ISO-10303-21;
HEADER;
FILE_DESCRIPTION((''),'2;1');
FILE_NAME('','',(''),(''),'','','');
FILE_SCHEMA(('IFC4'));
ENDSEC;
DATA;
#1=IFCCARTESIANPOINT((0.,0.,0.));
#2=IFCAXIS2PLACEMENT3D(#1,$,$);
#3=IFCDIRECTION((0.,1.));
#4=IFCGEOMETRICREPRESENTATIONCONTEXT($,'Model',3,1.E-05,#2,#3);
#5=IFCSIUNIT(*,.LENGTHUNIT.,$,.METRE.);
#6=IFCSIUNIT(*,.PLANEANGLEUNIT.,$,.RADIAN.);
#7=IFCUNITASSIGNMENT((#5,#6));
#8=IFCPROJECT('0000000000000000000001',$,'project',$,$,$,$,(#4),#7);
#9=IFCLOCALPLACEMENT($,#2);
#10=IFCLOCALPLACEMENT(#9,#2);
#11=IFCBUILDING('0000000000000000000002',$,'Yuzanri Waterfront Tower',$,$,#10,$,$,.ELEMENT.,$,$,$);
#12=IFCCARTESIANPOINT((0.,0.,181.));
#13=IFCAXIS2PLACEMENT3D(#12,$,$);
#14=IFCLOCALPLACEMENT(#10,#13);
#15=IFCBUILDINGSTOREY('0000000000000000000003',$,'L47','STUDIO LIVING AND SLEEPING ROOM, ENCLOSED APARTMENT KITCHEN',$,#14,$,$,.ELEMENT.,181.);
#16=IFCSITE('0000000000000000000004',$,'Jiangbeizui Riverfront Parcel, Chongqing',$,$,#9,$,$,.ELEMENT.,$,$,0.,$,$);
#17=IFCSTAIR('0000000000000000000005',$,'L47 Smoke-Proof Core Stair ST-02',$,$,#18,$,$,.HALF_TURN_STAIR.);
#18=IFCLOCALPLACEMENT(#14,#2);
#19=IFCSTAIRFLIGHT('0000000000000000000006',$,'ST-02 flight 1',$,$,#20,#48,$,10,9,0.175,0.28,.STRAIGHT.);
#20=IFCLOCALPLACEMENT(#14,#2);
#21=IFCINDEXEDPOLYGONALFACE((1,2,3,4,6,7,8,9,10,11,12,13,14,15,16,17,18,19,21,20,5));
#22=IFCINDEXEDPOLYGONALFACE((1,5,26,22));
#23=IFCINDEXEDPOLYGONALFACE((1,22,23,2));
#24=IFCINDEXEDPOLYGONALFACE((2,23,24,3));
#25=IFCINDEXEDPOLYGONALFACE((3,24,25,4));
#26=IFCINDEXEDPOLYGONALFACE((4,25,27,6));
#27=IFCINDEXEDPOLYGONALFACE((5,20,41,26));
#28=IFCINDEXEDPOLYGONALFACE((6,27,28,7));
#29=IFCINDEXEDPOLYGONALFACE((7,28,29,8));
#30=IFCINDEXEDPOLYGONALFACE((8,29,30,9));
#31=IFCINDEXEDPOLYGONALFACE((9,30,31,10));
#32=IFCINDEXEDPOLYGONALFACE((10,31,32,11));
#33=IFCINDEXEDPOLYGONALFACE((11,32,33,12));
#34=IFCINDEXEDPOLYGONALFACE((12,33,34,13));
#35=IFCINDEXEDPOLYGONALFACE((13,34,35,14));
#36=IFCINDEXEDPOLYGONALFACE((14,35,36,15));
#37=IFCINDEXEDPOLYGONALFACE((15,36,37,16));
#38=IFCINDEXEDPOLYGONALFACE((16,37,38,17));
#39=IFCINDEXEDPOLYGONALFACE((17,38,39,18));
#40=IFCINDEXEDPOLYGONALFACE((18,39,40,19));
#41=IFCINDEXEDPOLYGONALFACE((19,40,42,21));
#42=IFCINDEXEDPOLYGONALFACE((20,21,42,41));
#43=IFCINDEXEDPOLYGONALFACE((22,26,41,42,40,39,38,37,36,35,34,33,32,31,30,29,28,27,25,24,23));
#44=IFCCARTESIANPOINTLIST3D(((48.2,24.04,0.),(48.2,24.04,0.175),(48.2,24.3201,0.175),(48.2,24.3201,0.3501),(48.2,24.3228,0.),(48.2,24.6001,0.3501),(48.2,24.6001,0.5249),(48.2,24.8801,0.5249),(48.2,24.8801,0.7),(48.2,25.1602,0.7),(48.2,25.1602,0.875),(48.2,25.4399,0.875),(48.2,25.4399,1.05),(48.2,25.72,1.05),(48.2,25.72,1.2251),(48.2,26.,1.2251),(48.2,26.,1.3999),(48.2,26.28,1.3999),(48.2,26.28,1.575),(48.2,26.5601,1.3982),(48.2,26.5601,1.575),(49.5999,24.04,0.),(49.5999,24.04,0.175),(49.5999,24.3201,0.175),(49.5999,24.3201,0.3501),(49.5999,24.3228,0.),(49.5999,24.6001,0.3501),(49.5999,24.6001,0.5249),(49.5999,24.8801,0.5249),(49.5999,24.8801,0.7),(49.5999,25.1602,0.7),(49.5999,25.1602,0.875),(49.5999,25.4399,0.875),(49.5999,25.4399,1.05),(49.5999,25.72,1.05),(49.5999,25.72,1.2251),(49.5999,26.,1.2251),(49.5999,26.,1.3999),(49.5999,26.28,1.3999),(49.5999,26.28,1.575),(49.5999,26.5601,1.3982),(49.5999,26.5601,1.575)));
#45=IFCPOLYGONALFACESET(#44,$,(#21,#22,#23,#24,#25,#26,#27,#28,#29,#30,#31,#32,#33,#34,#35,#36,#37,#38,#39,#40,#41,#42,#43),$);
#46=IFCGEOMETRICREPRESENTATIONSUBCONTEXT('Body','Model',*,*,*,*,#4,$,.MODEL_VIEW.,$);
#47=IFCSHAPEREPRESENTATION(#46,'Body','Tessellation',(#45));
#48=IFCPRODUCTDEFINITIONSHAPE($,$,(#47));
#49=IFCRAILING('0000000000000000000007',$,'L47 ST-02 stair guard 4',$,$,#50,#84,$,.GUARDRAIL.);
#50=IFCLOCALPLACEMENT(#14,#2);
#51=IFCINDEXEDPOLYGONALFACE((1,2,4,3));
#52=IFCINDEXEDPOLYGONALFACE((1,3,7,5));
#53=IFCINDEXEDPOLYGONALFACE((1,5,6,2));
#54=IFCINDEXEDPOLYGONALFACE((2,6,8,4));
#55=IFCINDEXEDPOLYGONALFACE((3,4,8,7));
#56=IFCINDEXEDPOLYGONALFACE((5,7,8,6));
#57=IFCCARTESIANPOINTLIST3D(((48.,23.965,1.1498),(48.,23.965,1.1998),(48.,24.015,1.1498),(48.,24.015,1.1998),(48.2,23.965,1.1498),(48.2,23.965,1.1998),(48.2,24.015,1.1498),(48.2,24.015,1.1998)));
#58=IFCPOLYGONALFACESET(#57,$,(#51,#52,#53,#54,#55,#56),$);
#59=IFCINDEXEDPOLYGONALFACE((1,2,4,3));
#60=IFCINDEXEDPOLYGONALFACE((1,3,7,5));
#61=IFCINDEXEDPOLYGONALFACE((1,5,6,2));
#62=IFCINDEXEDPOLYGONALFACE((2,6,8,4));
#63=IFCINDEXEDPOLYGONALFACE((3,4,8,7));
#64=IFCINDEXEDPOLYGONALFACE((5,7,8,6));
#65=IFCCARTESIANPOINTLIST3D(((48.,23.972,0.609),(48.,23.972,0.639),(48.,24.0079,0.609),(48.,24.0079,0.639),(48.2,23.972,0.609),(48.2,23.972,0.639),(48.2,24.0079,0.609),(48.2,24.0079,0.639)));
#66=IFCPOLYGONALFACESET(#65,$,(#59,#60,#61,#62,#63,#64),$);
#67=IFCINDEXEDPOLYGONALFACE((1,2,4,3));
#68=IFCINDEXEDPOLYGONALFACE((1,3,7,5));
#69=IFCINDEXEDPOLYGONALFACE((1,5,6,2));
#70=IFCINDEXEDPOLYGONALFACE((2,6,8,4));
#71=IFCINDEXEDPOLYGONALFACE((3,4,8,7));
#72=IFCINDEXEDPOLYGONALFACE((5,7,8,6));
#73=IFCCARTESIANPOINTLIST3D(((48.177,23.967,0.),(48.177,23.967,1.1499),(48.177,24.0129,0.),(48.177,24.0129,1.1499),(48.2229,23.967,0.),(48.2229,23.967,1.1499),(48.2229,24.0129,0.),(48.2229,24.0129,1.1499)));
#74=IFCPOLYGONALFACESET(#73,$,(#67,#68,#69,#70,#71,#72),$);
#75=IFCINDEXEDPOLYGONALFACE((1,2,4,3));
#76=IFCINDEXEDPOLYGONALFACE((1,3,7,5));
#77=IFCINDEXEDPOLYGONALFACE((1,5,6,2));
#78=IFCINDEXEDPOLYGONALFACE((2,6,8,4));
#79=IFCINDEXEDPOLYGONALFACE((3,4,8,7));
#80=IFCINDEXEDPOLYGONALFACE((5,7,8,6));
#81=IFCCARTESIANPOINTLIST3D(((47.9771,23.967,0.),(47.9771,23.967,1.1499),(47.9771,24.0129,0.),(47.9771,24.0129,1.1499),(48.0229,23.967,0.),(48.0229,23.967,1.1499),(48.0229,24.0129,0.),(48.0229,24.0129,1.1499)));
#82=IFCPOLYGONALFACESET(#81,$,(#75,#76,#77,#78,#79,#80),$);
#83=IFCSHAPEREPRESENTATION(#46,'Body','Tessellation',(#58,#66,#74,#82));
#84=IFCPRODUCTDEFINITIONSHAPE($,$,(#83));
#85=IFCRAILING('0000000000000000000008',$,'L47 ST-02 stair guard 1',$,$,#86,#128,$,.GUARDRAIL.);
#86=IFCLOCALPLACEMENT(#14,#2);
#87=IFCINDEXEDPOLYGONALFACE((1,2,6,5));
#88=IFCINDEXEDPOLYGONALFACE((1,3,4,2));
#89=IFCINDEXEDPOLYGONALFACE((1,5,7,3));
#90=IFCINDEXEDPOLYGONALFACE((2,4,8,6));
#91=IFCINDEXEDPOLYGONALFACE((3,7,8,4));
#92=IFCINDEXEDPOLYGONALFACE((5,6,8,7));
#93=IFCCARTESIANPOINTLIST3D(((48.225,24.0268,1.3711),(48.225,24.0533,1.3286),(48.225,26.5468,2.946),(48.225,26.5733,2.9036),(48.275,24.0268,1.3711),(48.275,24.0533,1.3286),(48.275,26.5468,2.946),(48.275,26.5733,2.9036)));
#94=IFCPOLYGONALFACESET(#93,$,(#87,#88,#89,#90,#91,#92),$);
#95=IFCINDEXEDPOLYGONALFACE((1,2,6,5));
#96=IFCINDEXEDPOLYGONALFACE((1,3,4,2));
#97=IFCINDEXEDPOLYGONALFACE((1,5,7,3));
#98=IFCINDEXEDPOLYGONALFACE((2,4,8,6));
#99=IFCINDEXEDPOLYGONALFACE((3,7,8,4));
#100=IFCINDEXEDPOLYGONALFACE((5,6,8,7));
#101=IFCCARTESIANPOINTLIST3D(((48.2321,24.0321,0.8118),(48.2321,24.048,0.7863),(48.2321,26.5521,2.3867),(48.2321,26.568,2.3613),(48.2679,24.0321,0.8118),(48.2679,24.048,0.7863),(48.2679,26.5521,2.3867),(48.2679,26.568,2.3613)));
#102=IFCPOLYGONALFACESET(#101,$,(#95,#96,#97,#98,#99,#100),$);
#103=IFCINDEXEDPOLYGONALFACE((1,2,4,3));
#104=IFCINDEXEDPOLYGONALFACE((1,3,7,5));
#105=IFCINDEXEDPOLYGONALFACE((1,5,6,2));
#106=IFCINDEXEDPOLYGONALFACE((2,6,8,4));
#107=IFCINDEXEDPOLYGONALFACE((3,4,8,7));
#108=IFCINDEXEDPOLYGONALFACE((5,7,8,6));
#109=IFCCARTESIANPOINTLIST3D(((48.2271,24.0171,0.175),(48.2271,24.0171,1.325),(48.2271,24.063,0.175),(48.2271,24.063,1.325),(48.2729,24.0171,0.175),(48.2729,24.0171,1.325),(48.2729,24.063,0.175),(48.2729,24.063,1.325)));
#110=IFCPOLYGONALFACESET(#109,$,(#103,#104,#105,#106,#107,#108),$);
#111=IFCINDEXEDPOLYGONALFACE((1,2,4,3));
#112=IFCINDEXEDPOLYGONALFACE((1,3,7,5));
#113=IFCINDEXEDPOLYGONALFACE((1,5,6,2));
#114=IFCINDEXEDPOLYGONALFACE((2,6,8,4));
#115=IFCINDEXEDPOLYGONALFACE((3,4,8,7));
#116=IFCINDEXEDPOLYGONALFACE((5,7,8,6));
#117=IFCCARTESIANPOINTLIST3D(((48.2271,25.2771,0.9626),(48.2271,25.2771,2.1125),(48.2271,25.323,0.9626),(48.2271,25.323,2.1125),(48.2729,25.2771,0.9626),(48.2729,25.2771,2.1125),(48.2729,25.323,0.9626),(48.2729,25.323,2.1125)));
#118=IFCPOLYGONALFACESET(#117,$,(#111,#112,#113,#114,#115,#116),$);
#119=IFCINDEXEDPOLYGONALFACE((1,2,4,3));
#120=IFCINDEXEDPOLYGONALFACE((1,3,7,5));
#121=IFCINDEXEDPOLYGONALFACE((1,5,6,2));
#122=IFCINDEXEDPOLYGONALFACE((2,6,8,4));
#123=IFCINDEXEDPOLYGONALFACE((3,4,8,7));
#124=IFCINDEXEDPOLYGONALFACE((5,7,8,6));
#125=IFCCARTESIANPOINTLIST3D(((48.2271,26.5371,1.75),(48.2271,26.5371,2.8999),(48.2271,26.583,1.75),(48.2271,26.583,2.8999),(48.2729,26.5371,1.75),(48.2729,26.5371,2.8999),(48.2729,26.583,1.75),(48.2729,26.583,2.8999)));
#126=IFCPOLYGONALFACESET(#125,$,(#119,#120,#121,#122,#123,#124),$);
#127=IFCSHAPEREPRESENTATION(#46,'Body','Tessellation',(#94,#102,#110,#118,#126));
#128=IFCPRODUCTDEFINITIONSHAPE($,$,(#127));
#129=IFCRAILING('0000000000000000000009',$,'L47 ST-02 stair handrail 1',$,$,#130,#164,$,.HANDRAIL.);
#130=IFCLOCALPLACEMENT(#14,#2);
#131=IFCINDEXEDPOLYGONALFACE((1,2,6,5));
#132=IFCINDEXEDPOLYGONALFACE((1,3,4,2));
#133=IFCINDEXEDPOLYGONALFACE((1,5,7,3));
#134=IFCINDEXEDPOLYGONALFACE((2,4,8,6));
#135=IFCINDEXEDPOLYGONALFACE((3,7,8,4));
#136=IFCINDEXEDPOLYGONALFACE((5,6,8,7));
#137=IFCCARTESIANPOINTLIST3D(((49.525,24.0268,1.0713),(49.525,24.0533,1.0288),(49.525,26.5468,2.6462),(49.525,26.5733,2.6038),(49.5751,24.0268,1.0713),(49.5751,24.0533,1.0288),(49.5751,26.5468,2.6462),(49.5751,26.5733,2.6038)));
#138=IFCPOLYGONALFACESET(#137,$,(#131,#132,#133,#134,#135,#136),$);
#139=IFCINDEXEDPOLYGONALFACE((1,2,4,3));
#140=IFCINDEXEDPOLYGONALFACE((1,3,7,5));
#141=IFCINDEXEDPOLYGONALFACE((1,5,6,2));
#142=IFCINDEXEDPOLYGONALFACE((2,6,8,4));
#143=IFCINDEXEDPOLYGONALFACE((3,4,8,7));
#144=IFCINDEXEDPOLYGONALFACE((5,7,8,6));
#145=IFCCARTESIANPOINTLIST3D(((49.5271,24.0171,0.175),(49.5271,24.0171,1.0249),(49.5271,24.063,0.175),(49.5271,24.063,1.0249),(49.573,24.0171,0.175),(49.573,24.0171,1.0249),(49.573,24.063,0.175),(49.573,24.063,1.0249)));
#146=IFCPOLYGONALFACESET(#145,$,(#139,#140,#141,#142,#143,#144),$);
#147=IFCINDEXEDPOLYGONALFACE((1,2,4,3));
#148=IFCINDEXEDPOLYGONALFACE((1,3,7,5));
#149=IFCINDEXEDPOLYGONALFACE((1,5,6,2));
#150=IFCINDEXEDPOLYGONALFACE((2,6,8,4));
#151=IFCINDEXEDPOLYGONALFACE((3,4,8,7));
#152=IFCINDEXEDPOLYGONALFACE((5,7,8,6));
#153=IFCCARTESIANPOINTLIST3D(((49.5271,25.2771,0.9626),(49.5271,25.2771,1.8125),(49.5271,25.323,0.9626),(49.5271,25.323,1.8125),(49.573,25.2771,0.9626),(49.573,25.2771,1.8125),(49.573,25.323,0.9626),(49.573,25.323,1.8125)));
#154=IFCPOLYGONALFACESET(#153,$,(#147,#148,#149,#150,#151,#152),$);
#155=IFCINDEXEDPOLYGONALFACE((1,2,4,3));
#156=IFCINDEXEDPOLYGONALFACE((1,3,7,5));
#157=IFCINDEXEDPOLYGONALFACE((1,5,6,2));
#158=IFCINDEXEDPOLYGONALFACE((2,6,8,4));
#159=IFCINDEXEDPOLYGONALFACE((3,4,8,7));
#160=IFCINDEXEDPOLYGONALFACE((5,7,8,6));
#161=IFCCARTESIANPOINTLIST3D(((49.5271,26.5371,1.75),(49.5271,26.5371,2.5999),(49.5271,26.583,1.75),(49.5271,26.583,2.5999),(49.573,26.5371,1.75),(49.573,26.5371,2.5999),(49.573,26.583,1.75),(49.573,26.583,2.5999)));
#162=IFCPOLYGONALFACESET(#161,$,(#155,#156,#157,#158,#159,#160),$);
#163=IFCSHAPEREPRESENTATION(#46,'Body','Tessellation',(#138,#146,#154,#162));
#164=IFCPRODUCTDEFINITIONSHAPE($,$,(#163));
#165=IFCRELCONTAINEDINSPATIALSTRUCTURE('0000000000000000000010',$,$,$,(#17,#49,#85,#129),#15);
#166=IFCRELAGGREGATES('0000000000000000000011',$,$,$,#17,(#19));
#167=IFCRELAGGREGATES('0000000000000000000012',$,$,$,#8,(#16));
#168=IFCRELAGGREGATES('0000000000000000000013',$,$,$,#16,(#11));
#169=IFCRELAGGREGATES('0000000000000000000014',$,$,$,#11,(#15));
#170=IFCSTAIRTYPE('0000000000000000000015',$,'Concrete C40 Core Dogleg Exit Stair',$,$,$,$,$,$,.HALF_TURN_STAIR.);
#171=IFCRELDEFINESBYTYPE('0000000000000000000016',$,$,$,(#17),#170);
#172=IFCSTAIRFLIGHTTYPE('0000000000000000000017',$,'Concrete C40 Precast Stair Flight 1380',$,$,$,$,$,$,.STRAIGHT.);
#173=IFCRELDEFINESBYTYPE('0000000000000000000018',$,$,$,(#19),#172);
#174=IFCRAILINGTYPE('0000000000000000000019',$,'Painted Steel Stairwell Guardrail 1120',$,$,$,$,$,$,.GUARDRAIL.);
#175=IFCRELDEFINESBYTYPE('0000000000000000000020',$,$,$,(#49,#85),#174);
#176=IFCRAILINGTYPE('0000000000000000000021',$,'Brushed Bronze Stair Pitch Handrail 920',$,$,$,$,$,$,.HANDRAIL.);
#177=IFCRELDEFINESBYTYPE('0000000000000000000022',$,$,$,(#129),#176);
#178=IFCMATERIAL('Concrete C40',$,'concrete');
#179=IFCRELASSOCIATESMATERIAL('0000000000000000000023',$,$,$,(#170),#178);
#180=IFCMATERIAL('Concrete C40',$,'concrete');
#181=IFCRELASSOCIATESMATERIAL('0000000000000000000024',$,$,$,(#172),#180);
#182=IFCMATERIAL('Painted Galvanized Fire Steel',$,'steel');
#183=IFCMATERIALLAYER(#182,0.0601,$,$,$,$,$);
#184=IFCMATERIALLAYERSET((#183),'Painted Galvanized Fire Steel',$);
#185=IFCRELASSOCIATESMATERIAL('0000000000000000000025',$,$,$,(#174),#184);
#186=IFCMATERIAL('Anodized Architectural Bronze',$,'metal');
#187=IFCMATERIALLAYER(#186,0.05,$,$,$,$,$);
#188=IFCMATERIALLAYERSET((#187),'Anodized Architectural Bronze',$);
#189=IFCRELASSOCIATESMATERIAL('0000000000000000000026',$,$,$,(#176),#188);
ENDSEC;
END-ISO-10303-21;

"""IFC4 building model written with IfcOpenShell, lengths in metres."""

from ifc_helpers import new_model, si_unit, direction, frame, origin, origin_2d, place, context, subcontext, project, spatial, polyline, rectangle, outline, extrude, source, transform, mapped, material, layer, layer_set, type_object, element, aggregate, save


model = new_model("IFC4")

# Units and contexts
model_context = context("Model", 3, precision=1e-05, world=origin(), true_north=direction((0.0, 1.0)))
body_context = subcontext(model_context, "Body", "Model", "MODEL_VIEW")
ifc_project = project(units=[si_unit("LENGTHUNIT", "METRE"), si_unit("PLANEANGLEUNIT", "RADIAN")], contexts=[model_context])

# Site, building, storey
site_placement = place(None, origin())
site = spatial("IfcSite", under=ifc_project, at=site_placement, Name="Jiangbeizui Riverfront Parcel, Chongqing", CompositionType="ELEMENT", RefElevation=0.0)
building_placement = place(site_placement, origin())
building = spatial("IfcBuilding", under=site, at=building_placement, Name="Yuzanri Waterfront Tower", CompositionType="ELEMENT")
storey_placement = place(building_placement, frame((0.0, 0.0, 181.0)))
storey = spatial("IfcBuildingStorey", under=building, at=storey_placement, Name="L47", Description="STUDIO LIVING AND SLEEPING ROOM, ENCLOSED APARTMENT KITCHEN", CompositionType="ELEMENT", Elevation=181.0)

# Stair, stair flight
ifc_material_1 = material(Name="Concrete C40", Category="concrete")
stair_type = type_object("IfcStairType", Name="Concrete C40 Core Dogleg Exit Stair", PredefinedType="HALF_TURN_STAIR", material=ifc_material_1)
stair_placement = place(storey_placement, origin())
stair = element("IfcStair", 1, at=stair_placement, inside=storey, type_object=stair_type, Name="L47 Smoke-Proof Core Stair ST-02", PredefinedType="HALF_TURN_STAIR")
ifc_material_2 = material(Name="Concrete C40", Category="concrete")
stair_flight_type = type_object("IfcStairFlightType", Name="Concrete C40 Precast Stair Flight 1380", PredefinedType="STRAIGHT", material=ifc_material_2)
shared_shape_1 = source(origin(), body_context, "Body", "SweptSolid", [
    extrude(outline(polyline([(0.0, 0.0), (0.0, 0.175), (0.28, 0.175), (0.28, 0.3501), (0.5601, 0.3501), (0.5601, 0.5249), (0.8401, 0.5249), (0.8401, 0.7), (1.1201, 0.7), (1.1201, 0.875), (1.3999, 0.875), (1.3999, 1.05), (1.6799, 1.05), (1.6799, 1.2251), (1.96, 1.2251), (1.96, 1.3999), (2.24, 1.3999), (2.24, 1.575), (2.52, 1.575), (2.52, 1.75), (2.52, 1.3982), (0.2827, 0.0), (0.0, 0.0)])), frame((0.0, 0.7, 0.0), z_axis=(0.0, -1.0, 0.0), x_axis=(1.0, 0.0, 0.0)), (0.0, 0.0, 1.0), 1.3999),
])
stair_flight_placement = place(storey_placement, frame((48.8999, 24.04, 0.0), z_axis=(0.0, 0.0, 1.0), x_axis=(0.0, 1.0, 0.0)))
stair_flight = element("IfcStairFlight", 2, at=stair_flight_placement, type_object=stair_flight_type, Name="ST-02 flight 1", NumberOfRisers=10, NumberOfTreads=9, PredefinedType="STRAIGHT", RiserHeight=0.175, TreadLength=0.28, context=body_context, shape_type="MappedRepresentation", body=[
    mapped(shared_shape_1, transform((0.0, 0.0, 0.0), scale=1.0)),
])
aggregate(stair, [stair_flight])

# Railings
ifc_material_3 = material(Name="Painted Galvanized Fire Steel", Category="steel")
ifc_layer_1 = layer(ifc_material_3, 0.0601)
ifc_layer_set_1 = layer_set([ifc_layer_1], Name="Painted Galvanized Fire Steel")
railing_type_1 = type_object("IfcRailingType", Name="Painted Steel Stairwell Guardrail 1120", PredefinedType="GUARDRAIL", material=ifc_layer_set_1)
shared_shape_2 = source(origin(), body_context, "Body", "SweptSolid", [
    extrude(rectangle(XDim=0.05, YDim=0.05, at=origin_2d()), frame((0.0, 0.0, 1.1748), z_axis=(-1.0, 0.0, 0.0), x_axis=(0.0, -1.0, 0.0)), (0.0, 0.0, 1.0), 0.2),
    extrude(rectangle(XDim=0.0359, YDim=0.03, at=origin_2d()), frame((0.0, 0.0, 0.624), z_axis=(-1.0, 0.0, 0.0), x_axis=(0.0, -1.0, 0.0)), (0.0, 0.0, 1.0), 0.2),
    extrude(rectangle(XDim=0.0459, YDim=0.0459, at=origin_2d()), origin(), (0.0, 0.0, 1.0), 1.1499),
    extrude(rectangle(XDim=0.0459, YDim=0.0459, at=origin_2d()), frame((-0.2, 0.0, 0.0)), (0.0, 0.0, 1.0), 1.1499),
])
railing_1_placement = place(storey_placement, frame((48.2, 23.99, 0.0)))
element("IfcRailing", 3, at=railing_1_placement, inside=storey, type_object=railing_type_1, Name="L47 ST-02 stair guard 4", PredefinedType="GUARDRAIL", context=body_context, shape_type="MappedRepresentation", body=[
    mapped(shared_shape_2, transform((0.0, 0.0, 0.0), scale=1.0)),
])
shared_shape_3 = source(origin(), body_context, "Body", "SweptSolid", [
    extrude(rectangle(XDim=0.05, YDim=0.05, at=origin_2d()), frame((0.0, 0.0, 1.1748), z_axis=(0.0, 0.848008, 0.529984), x_axis=(-1.0, 0.0, 0.0)), (0.0, 0.0, 1.0), 2.9717),
    extrude(rectangle(XDim=0.0359, YDim=0.03, at=origin_2d()), frame((0.0, 0.0, 0.624), z_axis=(0.0, 0.848008, 0.529984), x_axis=(-1.0, 0.0, 0.0)), (0.0, 0.0, 1.0), 2.9717),
    extrude(rectangle(XDim=0.0459, YDim=0.0459, at=origin_2d()), origin(), (0.0, 0.0, 1.0), 1.1499),
    extrude(rectangle(XDim=0.0459, YDim=0.0459, at=origin_2d()), frame((0.0, 1.26, 0.7876)), (0.0, 0.0, 1.0), 1.1499),
    extrude(rectangle(XDim=0.0459, YDim=0.0459, at=origin_2d()), frame((0.0, 2.52, 1.575)), (0.0, 0.0, 1.0), 1.1499),
])
railing_2_placement = place(storey_placement, frame((48.25, 24.04, 0.175)))
element("IfcRailing", 4, at=railing_2_placement, inside=storey, type_object=railing_type_1, Name="L47 ST-02 stair guard 1", PredefinedType="GUARDRAIL", context=body_context, shape_type="MappedRepresentation", body=[
    mapped(shared_shape_3, transform((0.0, 0.0, 0.0), scale=1.0)),
])
ifc_material_4 = material(Name="Anodized Architectural Bronze", Category="metal")
ifc_layer_2 = layer(ifc_material_4, 0.05)
ifc_layer_set_2 = layer_set([ifc_layer_2], Name="Anodized Architectural Bronze")
railing_type_2 = type_object("IfcRailingType", Name="Brushed Bronze Stair Pitch Handrail 920", PredefinedType="HANDRAIL", material=ifc_layer_set_2)
shared_shape_4 = source(origin(), body_context, "Body", "SweptSolid", [
    extrude(rectangle(XDim=0.05, YDim=0.05, at=origin_2d()), frame((0.0, 0.0, 0.875), z_axis=(0.0, 0.848008, 0.529984), x_axis=(-1.0, 0.0, 0.0)), (0.0, 0.0, 1.0), 2.9717),
    extrude(rectangle(XDim=0.0459, YDim=0.0459, at=origin_2d()), origin(), (0.0, 0.0, 1.0), 0.8499),
    extrude(rectangle(XDim=0.0459, YDim=0.0459, at=origin_2d()), frame((0.0, 1.26, 0.7876)), (0.0, 0.0, 1.0), 0.8499),
    extrude(rectangle(XDim=0.0459, YDim=0.0459, at=origin_2d()), frame((0.0, 2.52, 1.575)), (0.0, 0.0, 1.0), 0.8499),
])
railing_3_placement = place(storey_placement, frame((49.55, 24.04, 0.175)))
element("IfcRailing", 5, at=railing_3_placement, inside=storey, type_object=railing_type_2, Name="L47 ST-02 stair handrail 1", PredefinedType="HANDRAIL", context=body_context, shape_type="MappedRepresentation", body=[
    mapped(shared_shape_4, transform((0.0, 0.0, 0.0), scale=1.0)),
])

save(model, "model.ifc")
